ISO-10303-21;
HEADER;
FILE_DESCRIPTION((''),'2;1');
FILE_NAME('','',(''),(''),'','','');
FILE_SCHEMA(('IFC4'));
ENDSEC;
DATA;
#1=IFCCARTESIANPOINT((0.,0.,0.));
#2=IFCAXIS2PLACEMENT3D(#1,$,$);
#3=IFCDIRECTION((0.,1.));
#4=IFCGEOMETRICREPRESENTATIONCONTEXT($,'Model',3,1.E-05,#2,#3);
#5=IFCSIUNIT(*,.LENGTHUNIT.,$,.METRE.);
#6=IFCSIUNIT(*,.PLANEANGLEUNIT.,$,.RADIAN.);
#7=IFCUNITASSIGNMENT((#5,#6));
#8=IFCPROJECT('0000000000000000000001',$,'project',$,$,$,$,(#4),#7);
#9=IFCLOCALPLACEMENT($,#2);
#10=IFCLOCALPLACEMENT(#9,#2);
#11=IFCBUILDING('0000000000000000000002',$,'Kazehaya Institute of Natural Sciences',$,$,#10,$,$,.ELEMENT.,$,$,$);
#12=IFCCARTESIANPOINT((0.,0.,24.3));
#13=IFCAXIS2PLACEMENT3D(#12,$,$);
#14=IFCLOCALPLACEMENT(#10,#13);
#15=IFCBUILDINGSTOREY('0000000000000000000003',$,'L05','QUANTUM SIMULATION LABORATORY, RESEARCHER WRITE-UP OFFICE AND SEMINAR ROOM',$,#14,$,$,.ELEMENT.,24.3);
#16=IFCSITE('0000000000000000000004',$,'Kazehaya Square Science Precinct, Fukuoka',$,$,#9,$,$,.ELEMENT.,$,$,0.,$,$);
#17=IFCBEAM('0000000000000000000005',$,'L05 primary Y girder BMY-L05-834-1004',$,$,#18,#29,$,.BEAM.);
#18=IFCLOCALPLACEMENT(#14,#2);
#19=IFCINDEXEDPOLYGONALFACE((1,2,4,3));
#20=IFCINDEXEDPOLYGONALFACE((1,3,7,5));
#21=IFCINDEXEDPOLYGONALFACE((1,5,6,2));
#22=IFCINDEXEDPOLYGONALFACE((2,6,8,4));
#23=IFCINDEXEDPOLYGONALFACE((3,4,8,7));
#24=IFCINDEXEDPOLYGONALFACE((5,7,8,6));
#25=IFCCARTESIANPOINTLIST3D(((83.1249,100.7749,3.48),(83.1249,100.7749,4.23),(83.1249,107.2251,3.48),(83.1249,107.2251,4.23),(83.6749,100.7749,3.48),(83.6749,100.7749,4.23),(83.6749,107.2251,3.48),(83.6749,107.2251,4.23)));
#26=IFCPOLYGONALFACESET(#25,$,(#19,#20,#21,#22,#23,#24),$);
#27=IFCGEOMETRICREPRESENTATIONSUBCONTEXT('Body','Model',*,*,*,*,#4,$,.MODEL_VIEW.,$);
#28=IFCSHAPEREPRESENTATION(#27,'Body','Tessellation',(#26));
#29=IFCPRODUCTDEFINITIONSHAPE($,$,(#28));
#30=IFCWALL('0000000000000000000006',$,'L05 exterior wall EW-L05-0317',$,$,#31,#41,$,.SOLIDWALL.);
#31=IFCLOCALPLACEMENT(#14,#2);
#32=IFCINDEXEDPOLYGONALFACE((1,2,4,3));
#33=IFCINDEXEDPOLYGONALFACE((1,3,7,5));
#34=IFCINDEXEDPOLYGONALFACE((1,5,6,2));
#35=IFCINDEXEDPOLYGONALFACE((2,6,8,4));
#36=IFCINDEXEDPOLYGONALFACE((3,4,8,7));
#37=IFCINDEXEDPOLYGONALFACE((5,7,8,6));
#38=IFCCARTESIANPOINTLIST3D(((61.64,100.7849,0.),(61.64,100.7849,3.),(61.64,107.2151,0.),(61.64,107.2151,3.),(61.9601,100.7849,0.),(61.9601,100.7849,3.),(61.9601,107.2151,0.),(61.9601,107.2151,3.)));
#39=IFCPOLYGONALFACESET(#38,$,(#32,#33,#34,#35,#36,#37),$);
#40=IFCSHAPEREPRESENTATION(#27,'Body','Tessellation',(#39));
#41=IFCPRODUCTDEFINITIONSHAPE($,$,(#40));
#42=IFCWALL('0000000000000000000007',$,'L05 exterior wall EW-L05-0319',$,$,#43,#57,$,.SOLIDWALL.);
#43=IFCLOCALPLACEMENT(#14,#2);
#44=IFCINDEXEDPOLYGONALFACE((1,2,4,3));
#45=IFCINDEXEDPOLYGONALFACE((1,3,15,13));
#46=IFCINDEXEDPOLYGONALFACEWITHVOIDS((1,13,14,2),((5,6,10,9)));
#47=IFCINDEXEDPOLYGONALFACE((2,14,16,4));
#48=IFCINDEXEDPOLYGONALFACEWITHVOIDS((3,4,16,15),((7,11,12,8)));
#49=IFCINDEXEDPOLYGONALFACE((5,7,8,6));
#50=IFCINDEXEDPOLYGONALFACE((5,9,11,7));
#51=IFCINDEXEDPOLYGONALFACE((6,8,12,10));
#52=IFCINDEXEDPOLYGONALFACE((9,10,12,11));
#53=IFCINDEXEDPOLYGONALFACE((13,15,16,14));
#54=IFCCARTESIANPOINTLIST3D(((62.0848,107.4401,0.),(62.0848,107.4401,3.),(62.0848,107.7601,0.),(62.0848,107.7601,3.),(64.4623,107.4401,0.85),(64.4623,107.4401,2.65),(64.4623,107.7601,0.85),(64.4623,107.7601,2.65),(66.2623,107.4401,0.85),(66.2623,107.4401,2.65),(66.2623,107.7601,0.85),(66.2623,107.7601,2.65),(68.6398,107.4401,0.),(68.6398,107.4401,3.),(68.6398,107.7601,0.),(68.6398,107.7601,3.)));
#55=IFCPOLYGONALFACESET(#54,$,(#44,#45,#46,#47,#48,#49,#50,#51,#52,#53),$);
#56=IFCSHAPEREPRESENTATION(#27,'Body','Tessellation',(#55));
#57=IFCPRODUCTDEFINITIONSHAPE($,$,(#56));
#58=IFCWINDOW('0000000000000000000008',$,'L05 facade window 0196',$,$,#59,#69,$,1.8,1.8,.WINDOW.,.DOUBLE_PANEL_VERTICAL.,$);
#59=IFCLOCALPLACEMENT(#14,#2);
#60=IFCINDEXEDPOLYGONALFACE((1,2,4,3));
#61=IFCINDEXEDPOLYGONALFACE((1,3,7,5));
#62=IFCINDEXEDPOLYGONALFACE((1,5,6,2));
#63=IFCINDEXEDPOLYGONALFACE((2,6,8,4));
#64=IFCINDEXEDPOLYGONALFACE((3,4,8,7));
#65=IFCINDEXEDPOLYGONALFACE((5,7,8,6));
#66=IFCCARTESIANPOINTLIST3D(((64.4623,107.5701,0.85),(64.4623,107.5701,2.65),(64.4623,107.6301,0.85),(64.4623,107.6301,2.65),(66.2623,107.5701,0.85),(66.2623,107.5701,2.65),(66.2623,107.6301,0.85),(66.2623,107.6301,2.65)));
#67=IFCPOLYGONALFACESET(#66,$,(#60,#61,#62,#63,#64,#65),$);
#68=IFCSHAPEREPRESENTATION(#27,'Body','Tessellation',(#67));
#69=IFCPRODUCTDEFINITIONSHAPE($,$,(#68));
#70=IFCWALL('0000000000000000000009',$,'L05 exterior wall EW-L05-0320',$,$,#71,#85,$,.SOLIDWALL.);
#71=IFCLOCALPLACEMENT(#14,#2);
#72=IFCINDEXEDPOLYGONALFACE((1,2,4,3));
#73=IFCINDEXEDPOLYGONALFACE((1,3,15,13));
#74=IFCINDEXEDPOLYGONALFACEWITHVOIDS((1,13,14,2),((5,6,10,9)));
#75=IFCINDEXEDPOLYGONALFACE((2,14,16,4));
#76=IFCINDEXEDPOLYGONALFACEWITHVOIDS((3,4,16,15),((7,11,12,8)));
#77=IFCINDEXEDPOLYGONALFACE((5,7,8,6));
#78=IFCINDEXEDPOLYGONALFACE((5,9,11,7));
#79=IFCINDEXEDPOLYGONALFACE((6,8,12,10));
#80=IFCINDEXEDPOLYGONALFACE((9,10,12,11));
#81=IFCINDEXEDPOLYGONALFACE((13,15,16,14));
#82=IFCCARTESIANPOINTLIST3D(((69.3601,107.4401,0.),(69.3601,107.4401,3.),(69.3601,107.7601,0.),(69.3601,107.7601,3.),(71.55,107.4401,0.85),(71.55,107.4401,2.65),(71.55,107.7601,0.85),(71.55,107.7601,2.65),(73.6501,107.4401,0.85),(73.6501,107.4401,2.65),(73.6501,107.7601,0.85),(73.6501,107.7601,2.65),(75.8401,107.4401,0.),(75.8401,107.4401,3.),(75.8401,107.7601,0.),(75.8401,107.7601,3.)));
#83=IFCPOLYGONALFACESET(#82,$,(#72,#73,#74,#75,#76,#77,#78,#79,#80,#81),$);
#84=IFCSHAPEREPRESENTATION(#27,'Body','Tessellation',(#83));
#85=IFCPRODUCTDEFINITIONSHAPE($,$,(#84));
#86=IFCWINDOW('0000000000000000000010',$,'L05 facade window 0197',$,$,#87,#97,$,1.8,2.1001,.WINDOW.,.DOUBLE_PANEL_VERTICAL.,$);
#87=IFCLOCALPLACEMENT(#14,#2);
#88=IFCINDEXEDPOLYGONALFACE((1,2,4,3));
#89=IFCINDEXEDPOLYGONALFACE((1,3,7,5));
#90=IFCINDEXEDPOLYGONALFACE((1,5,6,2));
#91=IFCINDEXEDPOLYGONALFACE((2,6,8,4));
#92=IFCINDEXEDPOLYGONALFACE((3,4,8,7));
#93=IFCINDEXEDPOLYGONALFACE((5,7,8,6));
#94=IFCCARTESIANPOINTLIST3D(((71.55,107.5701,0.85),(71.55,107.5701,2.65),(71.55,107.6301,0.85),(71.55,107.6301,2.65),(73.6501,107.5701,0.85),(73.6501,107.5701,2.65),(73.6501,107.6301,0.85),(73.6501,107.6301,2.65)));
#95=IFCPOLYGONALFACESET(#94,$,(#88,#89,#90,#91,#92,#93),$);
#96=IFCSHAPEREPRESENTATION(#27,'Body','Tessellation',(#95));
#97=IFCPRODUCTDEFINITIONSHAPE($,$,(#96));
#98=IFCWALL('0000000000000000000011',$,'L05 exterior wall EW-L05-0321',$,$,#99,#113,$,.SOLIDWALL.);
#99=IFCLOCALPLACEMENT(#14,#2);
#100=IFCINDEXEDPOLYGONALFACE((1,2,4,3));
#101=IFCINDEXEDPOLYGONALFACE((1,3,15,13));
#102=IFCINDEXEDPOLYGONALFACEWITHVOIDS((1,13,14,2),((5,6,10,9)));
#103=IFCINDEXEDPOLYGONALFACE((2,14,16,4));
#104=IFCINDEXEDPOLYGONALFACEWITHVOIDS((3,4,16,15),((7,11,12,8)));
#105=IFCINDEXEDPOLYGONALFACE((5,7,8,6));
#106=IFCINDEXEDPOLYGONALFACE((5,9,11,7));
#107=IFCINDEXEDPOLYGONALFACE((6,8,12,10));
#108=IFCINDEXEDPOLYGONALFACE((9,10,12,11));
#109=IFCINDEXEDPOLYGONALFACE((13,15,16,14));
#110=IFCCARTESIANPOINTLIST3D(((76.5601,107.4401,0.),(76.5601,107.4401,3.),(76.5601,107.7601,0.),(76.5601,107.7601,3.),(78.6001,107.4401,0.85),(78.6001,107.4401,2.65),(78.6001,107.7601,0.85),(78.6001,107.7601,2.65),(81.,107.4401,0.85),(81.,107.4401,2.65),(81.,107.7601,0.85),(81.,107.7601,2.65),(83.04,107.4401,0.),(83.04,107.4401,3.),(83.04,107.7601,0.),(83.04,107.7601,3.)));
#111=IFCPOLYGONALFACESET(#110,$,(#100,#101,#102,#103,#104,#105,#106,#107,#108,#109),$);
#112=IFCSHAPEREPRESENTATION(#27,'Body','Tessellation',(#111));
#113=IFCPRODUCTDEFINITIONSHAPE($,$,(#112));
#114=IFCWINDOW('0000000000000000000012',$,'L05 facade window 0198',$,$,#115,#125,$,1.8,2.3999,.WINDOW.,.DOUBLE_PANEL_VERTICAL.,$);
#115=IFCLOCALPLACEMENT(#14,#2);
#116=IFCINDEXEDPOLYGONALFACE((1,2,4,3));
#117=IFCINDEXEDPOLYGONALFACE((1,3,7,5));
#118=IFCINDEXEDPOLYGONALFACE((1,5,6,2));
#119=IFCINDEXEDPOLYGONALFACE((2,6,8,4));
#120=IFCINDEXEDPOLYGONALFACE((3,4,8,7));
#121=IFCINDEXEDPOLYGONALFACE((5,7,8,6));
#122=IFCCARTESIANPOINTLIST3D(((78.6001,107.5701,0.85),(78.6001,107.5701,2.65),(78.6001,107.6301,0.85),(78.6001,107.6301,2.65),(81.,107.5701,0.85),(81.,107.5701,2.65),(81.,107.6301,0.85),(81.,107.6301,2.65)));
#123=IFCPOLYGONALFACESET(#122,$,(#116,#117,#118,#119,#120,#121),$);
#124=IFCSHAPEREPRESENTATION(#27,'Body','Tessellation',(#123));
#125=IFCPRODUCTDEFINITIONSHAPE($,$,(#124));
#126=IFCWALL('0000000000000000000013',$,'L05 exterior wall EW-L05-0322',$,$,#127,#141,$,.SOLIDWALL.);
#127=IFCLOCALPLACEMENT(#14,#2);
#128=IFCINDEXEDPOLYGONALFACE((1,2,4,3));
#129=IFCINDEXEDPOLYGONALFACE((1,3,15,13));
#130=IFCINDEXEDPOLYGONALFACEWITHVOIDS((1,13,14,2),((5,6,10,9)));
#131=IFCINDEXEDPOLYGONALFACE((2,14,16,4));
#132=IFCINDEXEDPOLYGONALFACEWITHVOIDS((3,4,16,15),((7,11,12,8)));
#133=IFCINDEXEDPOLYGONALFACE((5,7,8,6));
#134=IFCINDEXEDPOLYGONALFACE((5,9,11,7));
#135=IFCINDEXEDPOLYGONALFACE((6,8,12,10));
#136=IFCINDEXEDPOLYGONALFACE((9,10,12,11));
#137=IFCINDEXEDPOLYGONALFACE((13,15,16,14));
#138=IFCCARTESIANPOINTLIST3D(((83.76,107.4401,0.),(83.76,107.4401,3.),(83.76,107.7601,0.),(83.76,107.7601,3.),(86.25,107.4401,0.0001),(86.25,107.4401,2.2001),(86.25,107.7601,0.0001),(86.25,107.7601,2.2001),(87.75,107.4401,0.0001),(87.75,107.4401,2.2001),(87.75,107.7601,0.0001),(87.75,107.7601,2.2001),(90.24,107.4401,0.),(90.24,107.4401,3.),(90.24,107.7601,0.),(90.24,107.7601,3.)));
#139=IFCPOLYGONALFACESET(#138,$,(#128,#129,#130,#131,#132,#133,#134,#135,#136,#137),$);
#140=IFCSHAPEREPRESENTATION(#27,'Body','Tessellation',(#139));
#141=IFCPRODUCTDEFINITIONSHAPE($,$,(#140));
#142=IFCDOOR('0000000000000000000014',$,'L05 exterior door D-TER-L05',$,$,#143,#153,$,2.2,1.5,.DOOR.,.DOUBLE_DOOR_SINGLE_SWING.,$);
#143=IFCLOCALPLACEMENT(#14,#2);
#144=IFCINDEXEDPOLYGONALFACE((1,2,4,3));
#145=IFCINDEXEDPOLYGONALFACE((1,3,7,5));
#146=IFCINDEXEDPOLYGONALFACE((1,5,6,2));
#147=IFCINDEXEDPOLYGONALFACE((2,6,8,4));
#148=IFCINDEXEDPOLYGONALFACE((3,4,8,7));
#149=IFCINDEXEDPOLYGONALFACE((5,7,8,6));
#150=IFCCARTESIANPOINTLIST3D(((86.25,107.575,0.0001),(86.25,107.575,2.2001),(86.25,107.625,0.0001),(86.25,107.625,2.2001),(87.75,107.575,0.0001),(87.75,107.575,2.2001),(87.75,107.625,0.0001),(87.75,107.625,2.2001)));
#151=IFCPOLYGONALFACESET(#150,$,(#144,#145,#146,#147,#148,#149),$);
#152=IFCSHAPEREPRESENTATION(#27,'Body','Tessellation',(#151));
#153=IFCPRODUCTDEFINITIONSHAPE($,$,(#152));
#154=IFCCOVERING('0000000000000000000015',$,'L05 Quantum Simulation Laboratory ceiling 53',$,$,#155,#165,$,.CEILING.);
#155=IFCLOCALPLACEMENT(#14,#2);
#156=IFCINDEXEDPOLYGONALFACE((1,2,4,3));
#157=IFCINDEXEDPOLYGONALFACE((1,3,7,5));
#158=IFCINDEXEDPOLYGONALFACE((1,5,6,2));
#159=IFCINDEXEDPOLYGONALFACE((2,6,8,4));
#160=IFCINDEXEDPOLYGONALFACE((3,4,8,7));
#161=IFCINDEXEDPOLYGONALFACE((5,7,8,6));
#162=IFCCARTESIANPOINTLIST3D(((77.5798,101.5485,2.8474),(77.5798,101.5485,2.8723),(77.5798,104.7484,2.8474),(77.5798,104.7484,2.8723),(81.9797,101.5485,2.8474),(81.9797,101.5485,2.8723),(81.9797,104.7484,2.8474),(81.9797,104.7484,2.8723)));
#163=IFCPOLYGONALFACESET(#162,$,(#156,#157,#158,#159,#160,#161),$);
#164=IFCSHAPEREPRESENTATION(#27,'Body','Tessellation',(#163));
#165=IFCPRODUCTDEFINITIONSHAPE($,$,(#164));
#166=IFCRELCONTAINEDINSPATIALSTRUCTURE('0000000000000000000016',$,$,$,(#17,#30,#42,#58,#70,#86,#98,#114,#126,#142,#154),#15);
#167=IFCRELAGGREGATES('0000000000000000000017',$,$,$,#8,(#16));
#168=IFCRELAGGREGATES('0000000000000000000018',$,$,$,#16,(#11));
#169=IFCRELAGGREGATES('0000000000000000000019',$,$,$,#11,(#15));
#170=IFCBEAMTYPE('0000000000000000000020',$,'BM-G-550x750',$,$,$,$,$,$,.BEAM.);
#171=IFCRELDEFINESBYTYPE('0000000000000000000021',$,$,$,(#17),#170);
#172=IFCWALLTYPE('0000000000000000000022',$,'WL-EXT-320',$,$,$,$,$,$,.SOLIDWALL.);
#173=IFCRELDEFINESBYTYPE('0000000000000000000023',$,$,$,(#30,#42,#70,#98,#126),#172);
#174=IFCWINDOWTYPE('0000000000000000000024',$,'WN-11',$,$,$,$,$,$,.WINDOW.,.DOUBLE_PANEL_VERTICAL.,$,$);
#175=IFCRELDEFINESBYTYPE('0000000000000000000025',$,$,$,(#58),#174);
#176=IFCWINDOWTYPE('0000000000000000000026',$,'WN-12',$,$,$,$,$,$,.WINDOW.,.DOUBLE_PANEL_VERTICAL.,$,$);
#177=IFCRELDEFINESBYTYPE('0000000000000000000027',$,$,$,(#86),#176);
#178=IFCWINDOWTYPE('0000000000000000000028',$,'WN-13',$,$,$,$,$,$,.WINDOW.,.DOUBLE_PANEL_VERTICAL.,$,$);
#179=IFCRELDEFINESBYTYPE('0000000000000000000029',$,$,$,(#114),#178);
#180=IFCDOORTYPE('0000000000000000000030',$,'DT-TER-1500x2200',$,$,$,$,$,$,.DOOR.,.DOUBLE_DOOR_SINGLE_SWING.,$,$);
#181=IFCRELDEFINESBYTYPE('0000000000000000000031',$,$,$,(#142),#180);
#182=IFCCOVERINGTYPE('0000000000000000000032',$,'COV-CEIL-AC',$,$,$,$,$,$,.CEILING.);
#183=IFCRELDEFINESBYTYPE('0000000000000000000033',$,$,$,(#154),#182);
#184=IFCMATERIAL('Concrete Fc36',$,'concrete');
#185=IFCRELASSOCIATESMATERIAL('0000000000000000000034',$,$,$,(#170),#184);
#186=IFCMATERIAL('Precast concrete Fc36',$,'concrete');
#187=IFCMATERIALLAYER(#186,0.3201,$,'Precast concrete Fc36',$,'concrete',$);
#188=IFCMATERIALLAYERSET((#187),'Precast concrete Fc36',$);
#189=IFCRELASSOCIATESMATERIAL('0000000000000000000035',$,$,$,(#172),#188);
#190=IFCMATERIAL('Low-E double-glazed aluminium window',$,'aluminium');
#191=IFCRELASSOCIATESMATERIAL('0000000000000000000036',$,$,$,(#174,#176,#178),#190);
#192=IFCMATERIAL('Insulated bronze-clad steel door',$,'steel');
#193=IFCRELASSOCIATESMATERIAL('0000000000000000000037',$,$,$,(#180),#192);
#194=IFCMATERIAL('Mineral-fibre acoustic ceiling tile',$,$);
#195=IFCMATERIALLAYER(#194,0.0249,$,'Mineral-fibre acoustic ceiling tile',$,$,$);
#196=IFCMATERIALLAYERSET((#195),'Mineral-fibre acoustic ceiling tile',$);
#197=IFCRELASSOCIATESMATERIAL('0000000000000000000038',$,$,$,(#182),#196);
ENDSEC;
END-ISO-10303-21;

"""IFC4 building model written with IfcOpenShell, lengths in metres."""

from ifc_helpers import new_model, si_unit, direction, frame, frame_2d, origin, origin_2d, place, context, subcontext, project, spatial, rectangle, extrude, material, layer, layer_set, material_profile, profile_set, type_object, element, fill, save


model = new_model("IFC4")

# Units and contexts
model_context = context("Model", 3, precision=1e-05, world=origin(), true_north=direction((0.0, 1.0)))
body_context = subcontext(model_context, "Body", "Model", "MODEL_VIEW")
ifc_project = project(units=[si_unit("LENGTHUNIT", "METRE"), si_unit("PLANEANGLEUNIT", "RADIAN")], contexts=[model_context])

# Site, building, storey
site_placement = place(None, origin())
site = spatial("IfcSite", under=ifc_project, at=site_placement, Name="Kazehaya Square Science Precinct, Fukuoka", CompositionType="ELEMENT", RefElevation=0.0)
building_placement = place(site_placement, origin())
building = spatial("IfcBuilding", under=site, at=building_placement, Name="Kazehaya Institute of Natural Sciences", CompositionType="ELEMENT")
storey_placement = place(building_placement, frame((0.0, 0.0, 24.3)))
storey = spatial("IfcBuildingStorey", under=building, at=storey_placement, Name="L05", Description="QUANTUM SIMULATION LABORATORY, RESEARCHER WRITE-UP OFFICE AND SEMINAR ROOM", CompositionType="ELEMENT", Elevation=24.3)

# Beam
ifc_material_1 = material(Name="Concrete Fc36", Category="concrete")
ifc_material_profile_1 = material_profile(ifc_material_1, rectangle(XDim=0.55, YDim=0.75, at=origin_2d()), Name="RC-550x750")
ifc_profile_set_1 = profile_set([ifc_material_profile_1], Name="Concrete Fc36")
beam_type = type_object("IfcBeamType", Name="BM-G-550x750", PredefinedType="BEAM", material=ifc_profile_set_1)
for number, where, z_axis, x_axis, name in (
    (1, (83.3999, 100.7749, 3.855), (0.0, 1.0, 0.0), (-1.0, 0.0, 0.0), "L05 primary Y girder BMY-L05-834-1004"),
):
    element("IfcBeam", number, at=place(storey_placement, frame(where, z_axis=z_axis, x_axis=x_axis)), inside=storey, type_object=beam_type, Name=name, PredefinedType="BEAM", context=body_context, shape_type="SweptSolid", body=[
        extrude(rectangle(XDim=0.55, YDim=0.75, at=origin_2d()), origin(), (0.0, 0.0, 1.0), 6.4502),
    ])

# Wall
ifc_material_2 = material(Name="Precast concrete Fc36", Category="concrete")
ifc_layer_1 = layer(ifc_material_2, 0.3201, Name="Precast concrete Fc36", Category="concrete")
ifc_layer_set_1 = layer_set([ifc_layer_1], Name="Precast concrete Fc36")
wall_type = type_object("IfcWallType", Name="WL-EXT-320", PredefinedType="SOLIDWALL", material=ifc_layer_set_1)
wall_1_placement = place(storey_placement, frame((61.8, 100.7849, 0.0), z_axis=(0.0, 0.0, 1.0), x_axis=(0.0, 1.0, 0.0)))
element("IfcWall", 2, at=wall_1_placement, inside=storey, type_object=wall_type, Name="L05 exterior wall EW-L05-0317", PredefinedType="SOLIDWALL", context=body_context, shape_type="SweptSolid", body=[
    extrude(rectangle(XDim=6.4302, YDim=0.3201, at=frame_2d((3.2151, 0.0))), origin(), (0.0, 0.0, 1.0), 3.0),
])

# Walls, openings, windows
wall_2_placement = place(storey_placement, frame((62.085, 107.6001, 0.0), z_axis=(0.0, 0.0, 1.0), x_axis=(1.0, 0.0, 0.0)))
wall_2 = element("IfcWall", 3, at=wall_2_placement, inside=storey, type_object=wall_type, Name="L05 exterior wall EW-L05-0319", PredefinedType="SOLIDWALL", context=body_context, shape_type="SweptSolid", body=[
    extrude(rectangle(XDim=6.5549, YDim=0.3201, at=frame_2d((3.2773, 0.0))), origin(), (0.0, 0.0, 1.0), 3.0),
])
opening_1_placement = place(wall_2_placement, frame((2.3774, 0.0, 0.8501)))
opening_1 = element("IfcOpeningElement", 4, at=opening_1_placement, cuts=wall_2, PredefinedType="OPENING", context=body_context, shape_type="SweptSolid", body=[
    extrude(rectangle(XDim=1.8, YDim=1.8, at=frame_2d((0.8999, 0.8999))), frame((0.0, 0.1699, 0.0), z_axis=(0.0, -1.0, 0.0), x_axis=(1.0, 0.0, 0.0)), (0.0, 0.0, 1.0), 0.3401),
])
ifc_material_3 = material(Name="Low-E double-glazed aluminium window", Category="aluminium")
window_type_1 = type_object("IfcWindowType", Name="WN-11", PartitioningType="DOUBLE_PANEL_VERTICAL", PredefinedType="WINDOW", material=ifc_material_3)
window_1_placement = place(opening_1_placement, origin())
window_1 = element("IfcWindow", 5, at=window_1_placement, inside=storey, type_object=window_type_1, Name="L05 facade window 0196", OverallHeight=1.8, OverallWidth=1.8, PartitioningType="DOUBLE_PANEL_VERTICAL", PredefinedType="WINDOW", context=body_context, shape_type="SweptSolid", body=[
    extrude(rectangle(XDim=1.8, YDim=1.8, at=frame_2d((0.8999, 0.8999))), frame((0.0, 0.03, 0.0), z_axis=(0.0, -1.0, 0.0), x_axis=(1.0, 0.0, 0.0)), (0.0, 0.0, 1.0), 0.0601),
])
fill(opening_1, window_1)
wall_3_placement = place(storey_placement, frame((69.3601, 107.6001, 0.0), z_axis=(0.0, 0.0, 1.0), x_axis=(1.0, 0.0, 0.0)))
wall_3 = element("IfcWall", 6, at=wall_3_placement, inside=storey, type_object=wall_type, Name="L05 exterior wall EW-L05-0320", PredefinedType="SOLIDWALL", context=body_context, shape_type="SweptSolid", body=[
    extrude(rectangle(XDim=6.48, YDim=0.3201, at=frame_2d((3.24, 0.0))), origin(), (0.0, 0.0, 1.0), 3.0),
])
opening_2_placement = place(wall_3_placement, frame((2.1899, 0.0, 0.8501)))
opening_2 = element("IfcOpeningElement", 7, at=opening_2_placement, cuts=wall_3, PredefinedType="OPENING", context=body_context, shape_type="SweptSolid", body=[
    extrude(rectangle(XDim=2.1001, YDim=1.8, at=frame_2d((1.05, 0.8999))), frame((0.0, 0.1699, 0.0), z_axis=(0.0, -1.0, 0.0), x_axis=(1.0, 0.0, 0.0)), (0.0, 0.0, 1.0), 0.3401),
])
window_type_2 = type_object("IfcWindowType", Name="WN-12", PartitioningType="DOUBLE_PANEL_VERTICAL", PredefinedType="WINDOW", material=ifc_material_3)
window_2_placement = place(opening_2_placement, origin())
window_2 = element("IfcWindow", 8, at=window_2_placement, inside=storey, type_object=window_type_2, Name="L05 facade window 0197", OverallHeight=1.8, OverallWidth=2.1001, PartitioningType="DOUBLE_PANEL_VERTICAL", PredefinedType="WINDOW", context=body_context, shape_type="SweptSolid", body=[
    extrude(rectangle(XDim=2.1001, YDim=1.8, at=frame_2d((1.05, 0.8999))), frame((0.0, 0.03, 0.0), z_axis=(0.0, -1.0, 0.0), x_axis=(1.0, 0.0, 0.0)), (0.0, 0.0, 1.0), 0.0601),
])
fill(opening_2, window_2)
wall_4_placement = place(storey_placement, frame((76.5601, 107.6001, 0.0), z_axis=(0.0, 0.0, 1.0), x_axis=(1.0, 0.0, 0.0)))
wall_4 = element("IfcWall", 9, at=wall_4_placement, inside=storey, type_object=wall_type, Name="L05 exterior wall EW-L05-0321", PredefinedType="SOLIDWALL", context=body_context, shape_type="SweptSolid", body=[
    extrude(rectangle(XDim=6.48, YDim=0.3201, at=frame_2d((3.24, 0.0))), origin(), (0.0, 0.0, 1.0), 3.0),
])
opening_3_placement = place(wall_4_placement, frame((2.04, 0.0, 0.8501)))
opening_3 = element("IfcOpeningElement", 10, at=opening_3_placement, cuts=wall_4, PredefinedType="OPENING", context=body_context, shape_type="SweptSolid", body=[
    extrude(rectangle(XDim=2.3999, YDim=1.8, at=frame_2d((1.2, 0.8999))), frame((0.0, 0.1699, 0.0), z_axis=(0.0, -1.0, 0.0), x_axis=(1.0, 0.0, 0.0)), (0.0, 0.0, 1.0), 0.3401),
])
window_type_3 = type_object("IfcWindowType", Name="WN-13", PartitioningType="DOUBLE_PANEL_VERTICAL", PredefinedType="WINDOW", material=ifc_material_3)
window_3_placement = place(opening_3_placement, origin())
window_3 = element("IfcWindow", 11, at=window_3_placement, inside=storey, type_object=window_type_3, Name="L05 facade window 0198", OverallHeight=1.8, OverallWidth=2.3999, PartitioningType="DOUBLE_PANEL_VERTICAL", PredefinedType="WINDOW", context=body_context, shape_type="SweptSolid", body=[
    extrude(rectangle(XDim=2.3999, YDim=1.8, at=frame_2d((1.2, 0.8999))), frame((0.0, 0.03, 0.0), z_axis=(0.0, -1.0, 0.0), x_axis=(1.0, 0.0, 0.0)), (0.0, 0.0, 1.0), 0.0601),
])
fill(opening_3, window_3)

# Wall, opening, door
wall_5_placement = place(storey_placement, frame((83.76, 107.6001, 0.0), z_axis=(0.0, 0.0, 1.0), x_axis=(1.0, 0.0, 0.0)))
wall_5 = element("IfcWall", 12, at=wall_5_placement, inside=storey, type_object=wall_type, Name="L05 exterior wall EW-L05-0322", PredefinedType="SOLIDWALL", context=body_context, shape_type="SweptSolid", body=[
    extrude(rectangle(XDim=6.48, YDim=0.3201, at=frame_2d((3.24, 0.0))), origin(), (0.0, 0.0, 1.0), 3.0),
])
opening_4_placement = place(wall_5_placement, frame((2.49, 0.0, 0.0)))
opening_4 = element("IfcOpeningElement", 13, at=opening_4_placement, cuts=wall_5, PredefinedType="OPENING", context=body_context, shape_type="SweptSolid", body=[
    extrude(rectangle(XDim=1.5, YDim=2.2, at=frame_2d((0.75, 1.1001))), frame((0.0, 0.1699, 0.0), z_axis=(0.0, -1.0, 0.0), x_axis=(1.0, 0.0, 0.0)), (0.0, 0.0, 1.0), 0.3401),
])
ifc_material_4 = material(Name="Insulated bronze-clad steel door", Category="steel")
door_type = type_object("IfcDoorType", Name="DT-TER-1500x2200", OperationType="DOUBLE_DOOR_SINGLE_SWING", PredefinedType="DOOR", material=ifc_material_4)
door_placement = place(opening_4_placement, origin())
door = element("IfcDoor", 14, at=door_placement, inside=storey, type_object=door_type, Name="L05 exterior door D-TER-L05", OperationType="DOUBLE_DOOR_SINGLE_SWING", OverallHeight=2.2, OverallWidth=1.5, PredefinedType="DOOR", context=body_context, shape_type="SweptSolid", body=[
    extrude(rectangle(XDim=1.5, YDim=2.2, at=frame_2d((0.75, 1.1001))), frame((0.0, 0.0249, 0.0), z_axis=(0.0, -1.0, 0.0), x_axis=(1.0, 0.0, 0.0)), (0.0, 0.0, 1.0), 0.05),
])
fill(opening_4, door)

# Covering
ifc_material_5 = material(Name="Mineral-fibre acoustic ceiling tile")
ifc_layer_2 = layer(ifc_material_5, 0.0249, Name="Mineral-fibre acoustic ceiling tile")
ifc_layer_set_2 = layer_set([ifc_layer_2], Name="Mineral-fibre acoustic ceiling tile")
covering_type_1 = type_object("IfcCoveringType", Name="COV-CEIL-AC", PredefinedType="CEILING", material=ifc_layer_set_2)
covering_1_placement = place(storey_placement, frame((79.7798, 103.1484, 2.8474), z_axis=(0.0, 0.0, 1.0), x_axis=(1.0, 0.0, 0.0)))
element("IfcCovering", 15, at=covering_1_placement, inside=storey, type_object=covering_type_1, Name="L05 Quantum Simulation Laboratory ceiling 53", PredefinedType="CEILING", context=body_context, shape_type="SweptSolid", body=[
    extrude(rectangle(XDim=4.3999, YDim=3.2, at=origin_2d()), origin(), (0.0, 0.0, 1.0), 0.0249),
])

save(model, "model.ifc")
